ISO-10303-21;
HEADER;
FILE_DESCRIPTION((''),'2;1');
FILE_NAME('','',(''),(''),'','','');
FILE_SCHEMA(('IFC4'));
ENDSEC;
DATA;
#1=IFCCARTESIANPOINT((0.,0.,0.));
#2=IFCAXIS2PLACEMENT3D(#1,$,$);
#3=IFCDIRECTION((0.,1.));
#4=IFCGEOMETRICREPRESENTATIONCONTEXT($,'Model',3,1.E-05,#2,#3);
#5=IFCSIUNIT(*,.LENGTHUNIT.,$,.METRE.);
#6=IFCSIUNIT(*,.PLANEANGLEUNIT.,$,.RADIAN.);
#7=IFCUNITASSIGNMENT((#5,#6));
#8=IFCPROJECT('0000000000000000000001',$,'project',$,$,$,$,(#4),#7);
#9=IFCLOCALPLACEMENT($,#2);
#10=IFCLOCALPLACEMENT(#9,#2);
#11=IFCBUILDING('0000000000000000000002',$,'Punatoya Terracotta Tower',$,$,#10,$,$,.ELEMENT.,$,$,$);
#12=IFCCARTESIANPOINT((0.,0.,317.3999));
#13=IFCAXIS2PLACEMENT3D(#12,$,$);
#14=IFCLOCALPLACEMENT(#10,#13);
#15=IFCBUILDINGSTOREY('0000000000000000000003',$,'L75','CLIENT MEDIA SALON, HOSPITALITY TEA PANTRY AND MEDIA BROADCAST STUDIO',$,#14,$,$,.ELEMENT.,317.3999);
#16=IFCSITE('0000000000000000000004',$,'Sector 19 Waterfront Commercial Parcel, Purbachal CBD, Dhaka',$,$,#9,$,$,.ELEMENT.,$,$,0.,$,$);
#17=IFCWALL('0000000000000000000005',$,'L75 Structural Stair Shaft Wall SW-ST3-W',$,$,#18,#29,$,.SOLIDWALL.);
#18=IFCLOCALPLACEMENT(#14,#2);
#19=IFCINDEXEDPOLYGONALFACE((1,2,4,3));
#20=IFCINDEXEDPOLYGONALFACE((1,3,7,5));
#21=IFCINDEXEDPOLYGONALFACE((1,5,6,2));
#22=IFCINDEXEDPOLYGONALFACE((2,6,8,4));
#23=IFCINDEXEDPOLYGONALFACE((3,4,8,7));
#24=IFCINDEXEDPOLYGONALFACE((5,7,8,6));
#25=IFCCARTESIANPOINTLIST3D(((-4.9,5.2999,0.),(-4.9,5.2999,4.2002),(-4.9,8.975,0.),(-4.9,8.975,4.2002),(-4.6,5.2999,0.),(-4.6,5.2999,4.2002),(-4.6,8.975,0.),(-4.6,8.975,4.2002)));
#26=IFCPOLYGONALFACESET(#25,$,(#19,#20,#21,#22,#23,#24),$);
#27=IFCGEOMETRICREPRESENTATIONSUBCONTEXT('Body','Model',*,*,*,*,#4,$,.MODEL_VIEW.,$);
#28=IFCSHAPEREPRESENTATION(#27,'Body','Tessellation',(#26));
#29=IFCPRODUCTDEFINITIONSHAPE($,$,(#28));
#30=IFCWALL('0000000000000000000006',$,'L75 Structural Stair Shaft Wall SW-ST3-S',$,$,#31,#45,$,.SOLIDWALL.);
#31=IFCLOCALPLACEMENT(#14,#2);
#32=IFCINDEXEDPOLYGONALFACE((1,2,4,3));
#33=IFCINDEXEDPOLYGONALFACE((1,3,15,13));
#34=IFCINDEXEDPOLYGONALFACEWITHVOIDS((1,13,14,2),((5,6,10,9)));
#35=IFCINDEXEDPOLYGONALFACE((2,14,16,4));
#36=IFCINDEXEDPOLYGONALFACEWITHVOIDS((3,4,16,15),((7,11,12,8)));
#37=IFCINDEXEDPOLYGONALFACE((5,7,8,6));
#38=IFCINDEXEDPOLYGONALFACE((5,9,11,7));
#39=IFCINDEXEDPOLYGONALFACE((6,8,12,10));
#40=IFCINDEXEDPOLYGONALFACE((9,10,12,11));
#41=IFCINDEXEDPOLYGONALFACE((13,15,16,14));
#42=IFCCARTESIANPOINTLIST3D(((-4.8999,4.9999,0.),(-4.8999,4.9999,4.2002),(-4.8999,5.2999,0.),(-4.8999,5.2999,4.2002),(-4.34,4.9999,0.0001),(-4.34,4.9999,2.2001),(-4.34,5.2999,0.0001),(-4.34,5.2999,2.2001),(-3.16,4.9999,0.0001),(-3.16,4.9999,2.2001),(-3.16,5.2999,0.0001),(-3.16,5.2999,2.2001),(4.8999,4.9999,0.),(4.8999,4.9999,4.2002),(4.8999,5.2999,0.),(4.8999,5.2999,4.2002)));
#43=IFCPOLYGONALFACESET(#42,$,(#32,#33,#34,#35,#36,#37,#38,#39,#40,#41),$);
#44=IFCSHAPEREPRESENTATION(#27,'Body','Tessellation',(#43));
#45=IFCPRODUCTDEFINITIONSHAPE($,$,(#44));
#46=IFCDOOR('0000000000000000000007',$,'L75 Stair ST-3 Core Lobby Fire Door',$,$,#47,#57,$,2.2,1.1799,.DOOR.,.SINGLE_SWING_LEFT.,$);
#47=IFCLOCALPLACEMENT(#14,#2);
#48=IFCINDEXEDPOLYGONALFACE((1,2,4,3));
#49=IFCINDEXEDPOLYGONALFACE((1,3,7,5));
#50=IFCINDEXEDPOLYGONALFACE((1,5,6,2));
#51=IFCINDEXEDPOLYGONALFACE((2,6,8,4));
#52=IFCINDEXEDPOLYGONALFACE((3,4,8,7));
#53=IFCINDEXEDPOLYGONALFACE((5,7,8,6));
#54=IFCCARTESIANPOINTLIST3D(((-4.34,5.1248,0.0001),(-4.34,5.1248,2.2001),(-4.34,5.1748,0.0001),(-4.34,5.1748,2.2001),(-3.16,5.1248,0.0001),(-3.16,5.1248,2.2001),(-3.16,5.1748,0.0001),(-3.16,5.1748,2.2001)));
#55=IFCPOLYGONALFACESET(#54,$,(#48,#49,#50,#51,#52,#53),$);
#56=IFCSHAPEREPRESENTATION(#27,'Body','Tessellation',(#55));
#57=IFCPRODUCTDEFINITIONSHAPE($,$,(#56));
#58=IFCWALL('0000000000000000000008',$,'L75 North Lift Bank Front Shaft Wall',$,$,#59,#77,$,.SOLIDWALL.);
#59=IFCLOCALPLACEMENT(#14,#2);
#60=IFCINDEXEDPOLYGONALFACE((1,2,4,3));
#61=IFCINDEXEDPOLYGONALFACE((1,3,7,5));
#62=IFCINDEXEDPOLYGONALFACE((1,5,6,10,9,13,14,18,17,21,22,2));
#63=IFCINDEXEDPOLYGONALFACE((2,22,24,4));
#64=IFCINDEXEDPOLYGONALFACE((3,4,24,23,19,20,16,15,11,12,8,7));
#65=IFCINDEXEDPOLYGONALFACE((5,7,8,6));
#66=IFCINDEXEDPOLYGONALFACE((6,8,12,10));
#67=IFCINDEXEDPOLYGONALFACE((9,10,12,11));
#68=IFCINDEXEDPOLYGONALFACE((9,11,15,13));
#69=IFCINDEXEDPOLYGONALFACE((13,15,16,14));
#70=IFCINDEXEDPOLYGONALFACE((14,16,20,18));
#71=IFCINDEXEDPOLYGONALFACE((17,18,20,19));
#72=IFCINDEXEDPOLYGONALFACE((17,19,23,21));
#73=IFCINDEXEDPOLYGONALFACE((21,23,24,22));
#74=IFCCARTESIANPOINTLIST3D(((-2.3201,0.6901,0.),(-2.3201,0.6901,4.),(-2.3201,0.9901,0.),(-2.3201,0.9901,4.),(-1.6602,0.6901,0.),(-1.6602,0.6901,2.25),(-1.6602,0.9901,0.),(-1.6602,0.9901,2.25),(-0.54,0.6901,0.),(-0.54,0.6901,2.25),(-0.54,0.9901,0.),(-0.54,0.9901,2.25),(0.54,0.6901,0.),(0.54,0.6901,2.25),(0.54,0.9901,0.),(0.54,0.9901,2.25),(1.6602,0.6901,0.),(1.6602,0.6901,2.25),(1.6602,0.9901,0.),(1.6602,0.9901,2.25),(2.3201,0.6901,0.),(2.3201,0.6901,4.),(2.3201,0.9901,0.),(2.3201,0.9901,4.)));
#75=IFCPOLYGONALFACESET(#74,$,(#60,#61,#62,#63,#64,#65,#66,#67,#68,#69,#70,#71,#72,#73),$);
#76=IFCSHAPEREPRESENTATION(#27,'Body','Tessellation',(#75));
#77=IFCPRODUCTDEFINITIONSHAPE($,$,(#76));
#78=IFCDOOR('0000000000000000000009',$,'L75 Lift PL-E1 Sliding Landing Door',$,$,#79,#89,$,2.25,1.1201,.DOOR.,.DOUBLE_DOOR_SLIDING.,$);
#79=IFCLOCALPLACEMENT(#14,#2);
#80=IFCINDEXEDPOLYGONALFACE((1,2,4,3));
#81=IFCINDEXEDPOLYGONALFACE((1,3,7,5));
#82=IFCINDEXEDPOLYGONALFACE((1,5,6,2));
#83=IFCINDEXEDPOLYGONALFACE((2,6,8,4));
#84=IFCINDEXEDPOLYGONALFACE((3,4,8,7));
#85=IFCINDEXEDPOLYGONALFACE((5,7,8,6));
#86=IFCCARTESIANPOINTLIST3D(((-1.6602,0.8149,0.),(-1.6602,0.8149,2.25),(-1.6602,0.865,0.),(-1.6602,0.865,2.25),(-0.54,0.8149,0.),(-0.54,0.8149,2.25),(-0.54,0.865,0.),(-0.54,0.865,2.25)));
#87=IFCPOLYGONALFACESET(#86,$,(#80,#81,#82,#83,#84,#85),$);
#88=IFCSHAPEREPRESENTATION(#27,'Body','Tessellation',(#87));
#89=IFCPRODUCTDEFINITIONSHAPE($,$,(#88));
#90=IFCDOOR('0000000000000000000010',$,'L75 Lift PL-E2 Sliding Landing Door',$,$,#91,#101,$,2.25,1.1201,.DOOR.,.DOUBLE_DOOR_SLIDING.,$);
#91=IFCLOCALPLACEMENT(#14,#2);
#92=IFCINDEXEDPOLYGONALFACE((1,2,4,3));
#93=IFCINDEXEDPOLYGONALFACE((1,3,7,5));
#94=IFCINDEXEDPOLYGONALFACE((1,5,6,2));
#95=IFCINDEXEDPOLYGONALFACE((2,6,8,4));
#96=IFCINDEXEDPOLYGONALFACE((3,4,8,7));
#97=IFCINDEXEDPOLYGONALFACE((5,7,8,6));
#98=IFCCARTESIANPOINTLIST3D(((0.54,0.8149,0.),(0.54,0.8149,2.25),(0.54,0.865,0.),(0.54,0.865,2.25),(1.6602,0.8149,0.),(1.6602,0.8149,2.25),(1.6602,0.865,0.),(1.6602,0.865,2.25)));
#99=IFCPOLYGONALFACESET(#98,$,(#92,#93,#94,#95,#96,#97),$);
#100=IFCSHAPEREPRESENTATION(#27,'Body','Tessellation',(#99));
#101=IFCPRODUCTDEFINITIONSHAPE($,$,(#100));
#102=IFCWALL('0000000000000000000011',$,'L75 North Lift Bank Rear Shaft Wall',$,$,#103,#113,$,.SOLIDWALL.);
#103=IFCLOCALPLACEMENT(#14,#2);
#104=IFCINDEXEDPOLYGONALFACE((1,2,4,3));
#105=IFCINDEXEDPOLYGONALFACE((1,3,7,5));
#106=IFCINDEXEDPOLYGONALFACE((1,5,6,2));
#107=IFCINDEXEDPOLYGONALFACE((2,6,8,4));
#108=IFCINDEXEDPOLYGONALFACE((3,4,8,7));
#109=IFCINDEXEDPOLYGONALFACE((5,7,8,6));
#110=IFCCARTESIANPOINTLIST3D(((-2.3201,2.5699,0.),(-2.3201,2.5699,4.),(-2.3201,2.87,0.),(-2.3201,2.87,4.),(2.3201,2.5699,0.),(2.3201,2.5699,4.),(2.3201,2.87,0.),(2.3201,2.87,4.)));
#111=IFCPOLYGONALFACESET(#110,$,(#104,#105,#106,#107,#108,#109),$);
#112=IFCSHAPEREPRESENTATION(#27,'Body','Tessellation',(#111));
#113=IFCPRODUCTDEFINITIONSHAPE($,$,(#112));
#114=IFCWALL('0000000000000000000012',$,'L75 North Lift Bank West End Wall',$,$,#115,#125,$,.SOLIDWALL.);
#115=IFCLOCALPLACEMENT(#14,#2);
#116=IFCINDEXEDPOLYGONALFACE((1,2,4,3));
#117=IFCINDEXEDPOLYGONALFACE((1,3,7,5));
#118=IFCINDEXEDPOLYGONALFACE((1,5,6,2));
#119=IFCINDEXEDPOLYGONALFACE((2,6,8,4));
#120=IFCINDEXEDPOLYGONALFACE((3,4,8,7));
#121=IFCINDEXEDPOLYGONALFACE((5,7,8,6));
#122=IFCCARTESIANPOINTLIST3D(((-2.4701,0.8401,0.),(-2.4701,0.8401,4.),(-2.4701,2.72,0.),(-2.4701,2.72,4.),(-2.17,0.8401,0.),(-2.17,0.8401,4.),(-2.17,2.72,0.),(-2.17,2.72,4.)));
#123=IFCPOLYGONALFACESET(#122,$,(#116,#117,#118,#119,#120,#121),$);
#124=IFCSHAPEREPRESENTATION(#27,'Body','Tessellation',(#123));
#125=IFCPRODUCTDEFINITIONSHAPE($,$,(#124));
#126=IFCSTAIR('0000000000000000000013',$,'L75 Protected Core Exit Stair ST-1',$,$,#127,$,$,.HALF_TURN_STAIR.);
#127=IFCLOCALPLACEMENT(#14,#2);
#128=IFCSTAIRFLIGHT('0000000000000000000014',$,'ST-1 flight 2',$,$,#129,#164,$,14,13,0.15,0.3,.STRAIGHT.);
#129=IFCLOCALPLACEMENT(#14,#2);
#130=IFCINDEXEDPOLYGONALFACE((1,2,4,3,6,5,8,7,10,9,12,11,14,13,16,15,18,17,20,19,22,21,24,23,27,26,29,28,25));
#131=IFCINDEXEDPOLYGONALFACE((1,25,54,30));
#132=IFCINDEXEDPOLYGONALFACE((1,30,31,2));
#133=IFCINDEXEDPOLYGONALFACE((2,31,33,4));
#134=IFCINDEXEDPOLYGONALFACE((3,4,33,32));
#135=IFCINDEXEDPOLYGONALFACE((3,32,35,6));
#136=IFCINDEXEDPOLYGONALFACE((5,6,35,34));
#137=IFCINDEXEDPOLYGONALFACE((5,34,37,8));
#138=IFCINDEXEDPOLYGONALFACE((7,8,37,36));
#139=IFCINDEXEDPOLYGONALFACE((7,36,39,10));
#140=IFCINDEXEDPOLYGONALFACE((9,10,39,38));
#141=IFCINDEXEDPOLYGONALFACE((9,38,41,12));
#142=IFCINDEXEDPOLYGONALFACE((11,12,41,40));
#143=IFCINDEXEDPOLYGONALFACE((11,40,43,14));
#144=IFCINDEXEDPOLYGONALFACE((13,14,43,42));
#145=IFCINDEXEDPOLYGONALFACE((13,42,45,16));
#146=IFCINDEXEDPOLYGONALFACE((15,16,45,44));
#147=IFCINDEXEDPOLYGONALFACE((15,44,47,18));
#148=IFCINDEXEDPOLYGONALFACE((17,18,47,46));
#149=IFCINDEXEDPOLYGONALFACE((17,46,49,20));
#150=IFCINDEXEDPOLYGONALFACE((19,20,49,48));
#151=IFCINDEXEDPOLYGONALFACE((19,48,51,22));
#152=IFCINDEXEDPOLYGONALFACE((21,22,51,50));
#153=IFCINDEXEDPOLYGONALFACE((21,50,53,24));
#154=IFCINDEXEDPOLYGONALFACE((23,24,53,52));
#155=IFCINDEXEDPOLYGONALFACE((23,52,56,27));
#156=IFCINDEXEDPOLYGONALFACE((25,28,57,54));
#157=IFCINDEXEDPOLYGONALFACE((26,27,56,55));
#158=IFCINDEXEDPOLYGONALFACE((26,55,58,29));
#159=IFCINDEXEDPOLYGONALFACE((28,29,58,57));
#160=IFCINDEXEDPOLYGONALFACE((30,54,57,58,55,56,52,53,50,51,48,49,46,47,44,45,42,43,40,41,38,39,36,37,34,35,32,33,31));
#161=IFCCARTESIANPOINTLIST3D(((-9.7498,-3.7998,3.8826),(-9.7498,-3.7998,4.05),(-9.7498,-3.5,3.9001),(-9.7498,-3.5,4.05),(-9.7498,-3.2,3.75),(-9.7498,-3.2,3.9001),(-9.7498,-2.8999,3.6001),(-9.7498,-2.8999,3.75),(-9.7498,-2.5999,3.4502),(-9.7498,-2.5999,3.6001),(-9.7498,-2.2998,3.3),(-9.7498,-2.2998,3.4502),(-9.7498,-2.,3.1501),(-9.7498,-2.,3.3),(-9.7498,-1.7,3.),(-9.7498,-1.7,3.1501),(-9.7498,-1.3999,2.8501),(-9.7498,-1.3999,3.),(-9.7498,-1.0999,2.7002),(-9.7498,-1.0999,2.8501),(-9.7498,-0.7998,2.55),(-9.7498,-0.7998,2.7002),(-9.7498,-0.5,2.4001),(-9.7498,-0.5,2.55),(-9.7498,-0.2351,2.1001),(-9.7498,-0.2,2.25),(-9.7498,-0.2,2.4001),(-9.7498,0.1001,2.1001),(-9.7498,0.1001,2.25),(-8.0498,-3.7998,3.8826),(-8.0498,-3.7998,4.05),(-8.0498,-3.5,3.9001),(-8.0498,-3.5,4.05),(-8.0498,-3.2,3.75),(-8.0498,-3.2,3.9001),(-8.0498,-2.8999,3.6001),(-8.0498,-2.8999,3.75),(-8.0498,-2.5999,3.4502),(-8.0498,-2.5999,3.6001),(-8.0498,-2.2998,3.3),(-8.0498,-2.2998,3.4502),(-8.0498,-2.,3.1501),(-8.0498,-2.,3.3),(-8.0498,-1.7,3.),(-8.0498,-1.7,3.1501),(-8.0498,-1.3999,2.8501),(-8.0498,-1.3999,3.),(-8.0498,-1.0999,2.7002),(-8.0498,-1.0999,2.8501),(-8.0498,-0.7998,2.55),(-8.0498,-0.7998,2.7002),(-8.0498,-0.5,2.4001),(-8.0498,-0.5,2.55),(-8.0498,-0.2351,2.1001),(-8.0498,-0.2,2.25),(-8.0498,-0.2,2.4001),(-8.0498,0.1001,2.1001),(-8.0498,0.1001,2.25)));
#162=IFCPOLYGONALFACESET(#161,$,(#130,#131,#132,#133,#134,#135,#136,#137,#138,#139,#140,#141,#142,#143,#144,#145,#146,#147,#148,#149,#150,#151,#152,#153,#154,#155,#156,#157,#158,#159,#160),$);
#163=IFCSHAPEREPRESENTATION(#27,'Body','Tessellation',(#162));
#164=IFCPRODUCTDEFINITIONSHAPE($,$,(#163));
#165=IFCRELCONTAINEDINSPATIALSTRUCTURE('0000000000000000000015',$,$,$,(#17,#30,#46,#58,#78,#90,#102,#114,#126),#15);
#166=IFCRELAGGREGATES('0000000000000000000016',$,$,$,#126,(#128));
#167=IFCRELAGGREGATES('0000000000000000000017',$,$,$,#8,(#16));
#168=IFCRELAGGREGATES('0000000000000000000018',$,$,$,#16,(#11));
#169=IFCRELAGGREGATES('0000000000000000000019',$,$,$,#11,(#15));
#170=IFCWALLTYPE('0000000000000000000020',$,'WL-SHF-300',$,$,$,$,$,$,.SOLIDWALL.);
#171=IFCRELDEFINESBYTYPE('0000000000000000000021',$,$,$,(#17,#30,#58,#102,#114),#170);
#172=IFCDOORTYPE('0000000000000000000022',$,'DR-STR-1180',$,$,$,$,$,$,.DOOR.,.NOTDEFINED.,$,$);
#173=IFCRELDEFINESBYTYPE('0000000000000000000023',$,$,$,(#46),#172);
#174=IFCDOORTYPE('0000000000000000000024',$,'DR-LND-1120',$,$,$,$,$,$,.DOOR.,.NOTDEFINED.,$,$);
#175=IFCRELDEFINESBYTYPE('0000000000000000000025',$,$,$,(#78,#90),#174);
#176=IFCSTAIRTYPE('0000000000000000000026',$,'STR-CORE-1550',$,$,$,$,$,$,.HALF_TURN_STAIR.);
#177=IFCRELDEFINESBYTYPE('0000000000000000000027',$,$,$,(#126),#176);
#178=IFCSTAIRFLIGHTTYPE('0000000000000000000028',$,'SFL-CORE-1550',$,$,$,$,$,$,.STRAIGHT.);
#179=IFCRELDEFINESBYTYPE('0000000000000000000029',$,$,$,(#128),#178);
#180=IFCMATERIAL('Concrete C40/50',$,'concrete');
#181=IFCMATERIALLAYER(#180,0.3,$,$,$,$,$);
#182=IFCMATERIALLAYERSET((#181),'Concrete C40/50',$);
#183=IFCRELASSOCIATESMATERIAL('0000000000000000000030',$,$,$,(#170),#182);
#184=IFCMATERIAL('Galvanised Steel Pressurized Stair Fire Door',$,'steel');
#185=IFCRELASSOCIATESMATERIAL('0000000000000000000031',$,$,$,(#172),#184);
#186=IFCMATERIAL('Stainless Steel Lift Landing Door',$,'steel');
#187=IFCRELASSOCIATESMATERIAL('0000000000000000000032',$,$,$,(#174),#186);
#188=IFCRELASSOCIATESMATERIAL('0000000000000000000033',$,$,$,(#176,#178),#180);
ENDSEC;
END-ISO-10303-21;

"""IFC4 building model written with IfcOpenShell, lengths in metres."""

from ifc_helpers import new_model, si_unit, direction, frame, frame_2d, origin, place, context, subcontext, project, spatial, polyline, rectangle, outline, extrude, material, layer, layer_set, type_object, element, fill, aggregate, save


model = new_model("IFC4")

# Units and contexts
model_context = context("Model", 3, precision=1e-05, world=origin(), true_north=direction((0.0, 1.0)))
body_context = subcontext(model_context, "Body", "Model", "MODEL_VIEW")
ifc_project = project(units=[si_unit("LENGTHUNIT", "METRE"), si_unit("PLANEANGLEUNIT", "RADIAN")], contexts=[model_context])

# Site, building, storey
site_placement = place(None, origin())
site = spatial("IfcSite", under=ifc_project, at=site_placement, Name="Sector 19 Waterfront Commercial Parcel, Purbachal CBD, Dhaka", CompositionType="ELEMENT", RefElevation=0.0)
building_placement = place(site_placement, origin())
building = spatial("IfcBuilding", under=site, at=building_placement, Name="Punatoya Terracotta Tower", CompositionType="ELEMENT")
storey_placement = place(building_placement, frame((0.0, 0.0, 317.3999)))
storey = spatial("IfcBuildingStorey", under=building, at=storey_placement, Name="L75", Description="CLIENT MEDIA SALON, HOSPITALITY TEA PANTRY AND MEDIA BROADCAST STUDIO", CompositionType="ELEMENT", Elevation=317.3999)

# Shared definitions
ifc_material_1 = material(Name="Concrete C40/50", Category="concrete")

# Wall
ifc_layer_1 = layer(ifc_material_1, 0.3)
ifc_layer_set_1 = layer_set([ifc_layer_1], Name="Concrete C40/50")
wall_type_1 = type_object("IfcWallType", Name="WL-SHF-300", PredefinedType="SOLIDWALL", material=ifc_layer_set_1)
wall_1_placement = place(storey_placement, frame((-4.75, 5.3, 0.0), z_axis=(0.0, 0.0, 1.0), x_axis=(0.0, 1.0, 0.0)))
element("IfcWall", 1, at=wall_1_placement, inside=storey, type_object=wall_type_1, Name="L75 Structural Stair Shaft Wall SW-ST3-W", PredefinedType="SOLIDWALL", context=body_context, shape_type="SweptSolid", body=[
    extrude(rectangle(XDim=3.675, YDim=0.3, at=frame_2d((1.8374, 0.0))), origin(), (0.0, 0.0, 1.0), 4.2002),
])

# Wall, opening, door
wall_2_placement = place(storey_placement, frame((-4.8999, 5.1499, 0.0), z_axis=(0.0, 0.0, 1.0), x_axis=(1.0, 0.0, 0.0)))
wall_2 = element("IfcWall", 2, at=wall_2_placement, inside=storey, type_object=wall_type_1, Name="L75 Structural Stair Shaft Wall SW-ST3-S", PredefinedType="SOLIDWALL", context=body_context, shape_type="SweptSolid", body=[
    extrude(rectangle(XDim=9.7998, YDim=0.3, at=frame_2d((4.8999, 0.0))), origin(), (0.0, 0.0, 1.0), 4.2002),
])
opening_1_placement = place(wall_2_placement, frame((0.5601, 0.0, 0.0)))
opening_1 = element("IfcOpeningElement", 3, at=opening_1_placement, cuts=wall_2, PredefinedType="OPENING", context=body_context, shape_type="SweptSolid", body=[
    extrude(rectangle(XDim=1.1799, YDim=2.2, at=frame_2d((0.5898, 1.1001))), frame((0.0, 0.1599, 0.0), z_axis=(0.0, -1.0, 0.0), x_axis=(1.0, 0.0, 0.0)), (0.0, 0.0, 1.0), 0.3201),
])
ifc_material_2 = material(Name="Galvanised Steel Pressurized Stair Fire Door", Category="steel")
door_type_1 = type_object("IfcDoorType", Name="DR-STR-1180", OperationType="NOTDEFINED", PredefinedType="DOOR", material=ifc_material_2)
door_1_placement = place(opening_1_placement, origin())
door_1 = element("IfcDoor", 4, at=door_1_placement, inside=storey, type_object=door_type_1, Name="L75 Stair ST-3 Core Lobby Fire Door", OperationType="SINGLE_SWING_LEFT", OverallHeight=2.2, OverallWidth=1.1799, PredefinedType="DOOR", context=body_context, shape_type="SweptSolid", body=[
    extrude(rectangle(XDim=1.1799, YDim=2.2, at=frame_2d((0.5898, 1.1001))), frame((0.0, 0.0249, 0.0), z_axis=(0.0, -1.0, 0.0), x_axis=(1.0, 0.0, 0.0)), (0.0, 0.0, 1.0), 0.05),
])
fill(opening_1, door_1)

# Wall, openings, doors
wall_3_placement = place(storey_placement, frame((-2.3201, 0.8401, 0.0), z_axis=(0.0, 0.0, 1.0), x_axis=(1.0, 0.0, 0.0)))
wall_3 = element("IfcWall", 5, at=wall_3_placement, inside=storey, type_object=wall_type_1, Name="L75 North Lift Bank Front Shaft Wall", PredefinedType="SOLIDWALL", context=body_context, shape_type="SweptSolid", body=[
    extrude(rectangle(XDim=4.6401, YDim=0.3, at=frame_2d((2.3201, 0.0))), origin(), (0.0, 0.0, 1.0), 4.0),
])
opening_2_placement = place(wall_3_placement, frame((0.6599, 0.0, 0.0)))
opening_2 = element("IfcOpeningElement", 6, at=opening_2_placement, cuts=wall_3, PredefinedType="OPENING", context=body_context, shape_type="SweptSolid", body=[
    extrude(rectangle(XDim=1.1201, YDim=2.25, at=frame_2d((0.5601, 1.125))), frame((0.0, 0.1599, 0.0), z_axis=(0.0, -1.0, 0.0), x_axis=(1.0, 0.0, 0.0)), (0.0, 0.0, 1.0), 0.3201),
])
opening_3_placement = place(wall_3_placement, frame((2.8601, 0.0, 0.0)))
opening_3 = element("IfcOpeningElement", 7, at=opening_3_placement, cuts=wall_3, PredefinedType="OPENING", context=body_context, shape_type="SweptSolid", body=[
    extrude(rectangle(XDim=1.1201, YDim=2.25, at=frame_2d((0.5601, 1.125))), frame((0.0, 0.1599, 0.0), z_axis=(0.0, -1.0, 0.0), x_axis=(1.0, 0.0, 0.0)), (0.0, 0.0, 1.0), 0.3201),
])
ifc_material_3 = material(Name="Stainless Steel Lift Landing Door", Category="steel")
door_type_2 = type_object("IfcDoorType", Name="DR-LND-1120", OperationType="NOTDEFINED", PredefinedType="DOOR", material=ifc_material_3)
door_2_placement = place(opening_2_placement, origin())
door_2 = element("IfcDoor", 8, at=door_2_placement, inside=storey, type_object=door_type_2, Name="L75 Lift PL-E1 Sliding Landing Door", OperationType="DOUBLE_DOOR_SLIDING", OverallHeight=2.25, OverallWidth=1.1201, PredefinedType="DOOR", context=body_context, shape_type="SweptSolid", body=[
    extrude(rectangle(XDim=1.1201, YDim=2.25, at=frame_2d((0.5601, 1.125))), frame((0.0, 0.0249, 0.0), z_axis=(0.0, -1.0, 0.0), x_axis=(1.0, 0.0, 0.0)), (0.0, 0.0, 1.0), 0.05),
])
fill(opening_2, door_2)
door_3_placement = place(opening_3_placement, origin())
door_3 = element("IfcDoor", 9, at=door_3_placement, inside=storey, type_object=door_type_2, Name="L75 Lift PL-E2 Sliding Landing Door", OperationType="DOUBLE_DOOR_SLIDING", OverallHeight=2.25, OverallWidth=1.1201, PredefinedType="DOOR", context=body_context, shape_type="SweptSolid", body=[
    extrude(rectangle(XDim=1.1201, YDim=2.25, at=frame_2d((0.5601, 1.125))), frame((0.0, 0.0249, 0.0), z_axis=(0.0, -1.0, 0.0), x_axis=(1.0, 0.0, 0.0)), (0.0, 0.0, 1.0), 0.05),
])
fill(opening_3, door_3)

# Walls
wall_4_placement = place(storey_placement, frame((-2.3201, 2.72, 0.0), z_axis=(0.0, 0.0, 1.0), x_axis=(1.0, 0.0, 0.0)))
element("IfcWall", 10, at=wall_4_placement, inside=storey, type_object=wall_type_1, Name="L75 North Lift Bank Rear Shaft Wall", PredefinedType="SOLIDWALL", context=body_context, shape_type="SweptSolid", body=[
    extrude(rectangle(XDim=4.6401, YDim=0.3, at=frame_2d((2.3201, 0.0))), origin(), (0.0, 0.0, 1.0), 4.0),
])
wall_5_placement = place(storey_placement, frame((-2.3201, 0.8401, 0.0), z_axis=(0.0, 0.0, 1.0), x_axis=(0.0, 1.0, 0.0)))
element("IfcWall", 11, at=wall_5_placement, inside=storey, type_object=wall_type_1, Name="L75 North Lift Bank West End Wall", PredefinedType="SOLIDWALL", context=body_context, shape_type="SweptSolid", body=[
    extrude(rectangle(XDim=1.8799, YDim=0.3, at=frame_2d((0.9399, 0.0))), origin(), (0.0, 0.0, 1.0), 4.0),
])

# Stair, stair flight
stair_type_1 = type_object("IfcStairType", Name="STR-CORE-1550", PredefinedType="HALF_TURN_STAIR", material=ifc_material_1)
stair_1_placement = place(storey_placement, origin())
stair_1 = element("IfcStair", 12, at=stair_1_placement, inside=storey, type_object=stair_type_1, Name="L75 Protected Core Exit Stair ST-1", PredefinedType="HALF_TURN_STAIR")
stair_flight_type_1 = type_object("IfcStairFlightType", Name="SFL-CORE-1550", PredefinedType="STRAIGHT", material=ifc_material_1)
stair_flight_1_placement = place(storey_placement, frame((-8.8999, 0.1001, 2.1001), z_axis=(0.0, 0.0, 1.0), x_axis=(0.0, -1.0, 0.0)))
stair_flight_1 = element("IfcStairFlight", 13, at=stair_flight_1_placement, type_object=stair_flight_type_1, Name="ST-1 flight 2", NumberOfRisers=14, NumberOfTreads=13, PredefinedType="STRAIGHT", RiserHeight=0.15, TreadLength=0.3, context=body_context, shape_type="SweptSolid", body=[
    extrude(outline(polyline([(0.0, 0.0), (0.0, 0.1499), (0.3, 0.1499), (0.3, 0.3), (0.6001, 0.3), (0.6001, 0.45), (0.8999, 0.45), (0.8999, 0.6001), (1.2, 0.6001), (1.2, 0.75), (1.5, 0.75), (1.5, 0.8999), (1.8, 0.8999), (1.8, 1.05), (2.1001, 1.05), (2.1001, 1.2), (2.3999, 1.2), (2.3999, 1.3501), (2.7, 1.3501), (2.7, 1.5), (3.0, 1.5), (3.0, 1.6499), (3.3, 1.6499), (3.3, 1.8), (3.6001, 1.8), (3.6001, 1.95), (3.8999, 1.95), (3.8999, 2.1001), (3.8999, 1.7825), (0.3352, 0.0), (0.0, 0.0)])), frame((0.0, 0.8501, 0.0), z_axis=(0.0, -1.0, 0.0), x_axis=(1.0, 0.0, 0.0)), (0.0, 0.0, 1.0), 1.7),
])
aggregate(stair_1, [stair_flight_1])

save(model, "model.ifc")
